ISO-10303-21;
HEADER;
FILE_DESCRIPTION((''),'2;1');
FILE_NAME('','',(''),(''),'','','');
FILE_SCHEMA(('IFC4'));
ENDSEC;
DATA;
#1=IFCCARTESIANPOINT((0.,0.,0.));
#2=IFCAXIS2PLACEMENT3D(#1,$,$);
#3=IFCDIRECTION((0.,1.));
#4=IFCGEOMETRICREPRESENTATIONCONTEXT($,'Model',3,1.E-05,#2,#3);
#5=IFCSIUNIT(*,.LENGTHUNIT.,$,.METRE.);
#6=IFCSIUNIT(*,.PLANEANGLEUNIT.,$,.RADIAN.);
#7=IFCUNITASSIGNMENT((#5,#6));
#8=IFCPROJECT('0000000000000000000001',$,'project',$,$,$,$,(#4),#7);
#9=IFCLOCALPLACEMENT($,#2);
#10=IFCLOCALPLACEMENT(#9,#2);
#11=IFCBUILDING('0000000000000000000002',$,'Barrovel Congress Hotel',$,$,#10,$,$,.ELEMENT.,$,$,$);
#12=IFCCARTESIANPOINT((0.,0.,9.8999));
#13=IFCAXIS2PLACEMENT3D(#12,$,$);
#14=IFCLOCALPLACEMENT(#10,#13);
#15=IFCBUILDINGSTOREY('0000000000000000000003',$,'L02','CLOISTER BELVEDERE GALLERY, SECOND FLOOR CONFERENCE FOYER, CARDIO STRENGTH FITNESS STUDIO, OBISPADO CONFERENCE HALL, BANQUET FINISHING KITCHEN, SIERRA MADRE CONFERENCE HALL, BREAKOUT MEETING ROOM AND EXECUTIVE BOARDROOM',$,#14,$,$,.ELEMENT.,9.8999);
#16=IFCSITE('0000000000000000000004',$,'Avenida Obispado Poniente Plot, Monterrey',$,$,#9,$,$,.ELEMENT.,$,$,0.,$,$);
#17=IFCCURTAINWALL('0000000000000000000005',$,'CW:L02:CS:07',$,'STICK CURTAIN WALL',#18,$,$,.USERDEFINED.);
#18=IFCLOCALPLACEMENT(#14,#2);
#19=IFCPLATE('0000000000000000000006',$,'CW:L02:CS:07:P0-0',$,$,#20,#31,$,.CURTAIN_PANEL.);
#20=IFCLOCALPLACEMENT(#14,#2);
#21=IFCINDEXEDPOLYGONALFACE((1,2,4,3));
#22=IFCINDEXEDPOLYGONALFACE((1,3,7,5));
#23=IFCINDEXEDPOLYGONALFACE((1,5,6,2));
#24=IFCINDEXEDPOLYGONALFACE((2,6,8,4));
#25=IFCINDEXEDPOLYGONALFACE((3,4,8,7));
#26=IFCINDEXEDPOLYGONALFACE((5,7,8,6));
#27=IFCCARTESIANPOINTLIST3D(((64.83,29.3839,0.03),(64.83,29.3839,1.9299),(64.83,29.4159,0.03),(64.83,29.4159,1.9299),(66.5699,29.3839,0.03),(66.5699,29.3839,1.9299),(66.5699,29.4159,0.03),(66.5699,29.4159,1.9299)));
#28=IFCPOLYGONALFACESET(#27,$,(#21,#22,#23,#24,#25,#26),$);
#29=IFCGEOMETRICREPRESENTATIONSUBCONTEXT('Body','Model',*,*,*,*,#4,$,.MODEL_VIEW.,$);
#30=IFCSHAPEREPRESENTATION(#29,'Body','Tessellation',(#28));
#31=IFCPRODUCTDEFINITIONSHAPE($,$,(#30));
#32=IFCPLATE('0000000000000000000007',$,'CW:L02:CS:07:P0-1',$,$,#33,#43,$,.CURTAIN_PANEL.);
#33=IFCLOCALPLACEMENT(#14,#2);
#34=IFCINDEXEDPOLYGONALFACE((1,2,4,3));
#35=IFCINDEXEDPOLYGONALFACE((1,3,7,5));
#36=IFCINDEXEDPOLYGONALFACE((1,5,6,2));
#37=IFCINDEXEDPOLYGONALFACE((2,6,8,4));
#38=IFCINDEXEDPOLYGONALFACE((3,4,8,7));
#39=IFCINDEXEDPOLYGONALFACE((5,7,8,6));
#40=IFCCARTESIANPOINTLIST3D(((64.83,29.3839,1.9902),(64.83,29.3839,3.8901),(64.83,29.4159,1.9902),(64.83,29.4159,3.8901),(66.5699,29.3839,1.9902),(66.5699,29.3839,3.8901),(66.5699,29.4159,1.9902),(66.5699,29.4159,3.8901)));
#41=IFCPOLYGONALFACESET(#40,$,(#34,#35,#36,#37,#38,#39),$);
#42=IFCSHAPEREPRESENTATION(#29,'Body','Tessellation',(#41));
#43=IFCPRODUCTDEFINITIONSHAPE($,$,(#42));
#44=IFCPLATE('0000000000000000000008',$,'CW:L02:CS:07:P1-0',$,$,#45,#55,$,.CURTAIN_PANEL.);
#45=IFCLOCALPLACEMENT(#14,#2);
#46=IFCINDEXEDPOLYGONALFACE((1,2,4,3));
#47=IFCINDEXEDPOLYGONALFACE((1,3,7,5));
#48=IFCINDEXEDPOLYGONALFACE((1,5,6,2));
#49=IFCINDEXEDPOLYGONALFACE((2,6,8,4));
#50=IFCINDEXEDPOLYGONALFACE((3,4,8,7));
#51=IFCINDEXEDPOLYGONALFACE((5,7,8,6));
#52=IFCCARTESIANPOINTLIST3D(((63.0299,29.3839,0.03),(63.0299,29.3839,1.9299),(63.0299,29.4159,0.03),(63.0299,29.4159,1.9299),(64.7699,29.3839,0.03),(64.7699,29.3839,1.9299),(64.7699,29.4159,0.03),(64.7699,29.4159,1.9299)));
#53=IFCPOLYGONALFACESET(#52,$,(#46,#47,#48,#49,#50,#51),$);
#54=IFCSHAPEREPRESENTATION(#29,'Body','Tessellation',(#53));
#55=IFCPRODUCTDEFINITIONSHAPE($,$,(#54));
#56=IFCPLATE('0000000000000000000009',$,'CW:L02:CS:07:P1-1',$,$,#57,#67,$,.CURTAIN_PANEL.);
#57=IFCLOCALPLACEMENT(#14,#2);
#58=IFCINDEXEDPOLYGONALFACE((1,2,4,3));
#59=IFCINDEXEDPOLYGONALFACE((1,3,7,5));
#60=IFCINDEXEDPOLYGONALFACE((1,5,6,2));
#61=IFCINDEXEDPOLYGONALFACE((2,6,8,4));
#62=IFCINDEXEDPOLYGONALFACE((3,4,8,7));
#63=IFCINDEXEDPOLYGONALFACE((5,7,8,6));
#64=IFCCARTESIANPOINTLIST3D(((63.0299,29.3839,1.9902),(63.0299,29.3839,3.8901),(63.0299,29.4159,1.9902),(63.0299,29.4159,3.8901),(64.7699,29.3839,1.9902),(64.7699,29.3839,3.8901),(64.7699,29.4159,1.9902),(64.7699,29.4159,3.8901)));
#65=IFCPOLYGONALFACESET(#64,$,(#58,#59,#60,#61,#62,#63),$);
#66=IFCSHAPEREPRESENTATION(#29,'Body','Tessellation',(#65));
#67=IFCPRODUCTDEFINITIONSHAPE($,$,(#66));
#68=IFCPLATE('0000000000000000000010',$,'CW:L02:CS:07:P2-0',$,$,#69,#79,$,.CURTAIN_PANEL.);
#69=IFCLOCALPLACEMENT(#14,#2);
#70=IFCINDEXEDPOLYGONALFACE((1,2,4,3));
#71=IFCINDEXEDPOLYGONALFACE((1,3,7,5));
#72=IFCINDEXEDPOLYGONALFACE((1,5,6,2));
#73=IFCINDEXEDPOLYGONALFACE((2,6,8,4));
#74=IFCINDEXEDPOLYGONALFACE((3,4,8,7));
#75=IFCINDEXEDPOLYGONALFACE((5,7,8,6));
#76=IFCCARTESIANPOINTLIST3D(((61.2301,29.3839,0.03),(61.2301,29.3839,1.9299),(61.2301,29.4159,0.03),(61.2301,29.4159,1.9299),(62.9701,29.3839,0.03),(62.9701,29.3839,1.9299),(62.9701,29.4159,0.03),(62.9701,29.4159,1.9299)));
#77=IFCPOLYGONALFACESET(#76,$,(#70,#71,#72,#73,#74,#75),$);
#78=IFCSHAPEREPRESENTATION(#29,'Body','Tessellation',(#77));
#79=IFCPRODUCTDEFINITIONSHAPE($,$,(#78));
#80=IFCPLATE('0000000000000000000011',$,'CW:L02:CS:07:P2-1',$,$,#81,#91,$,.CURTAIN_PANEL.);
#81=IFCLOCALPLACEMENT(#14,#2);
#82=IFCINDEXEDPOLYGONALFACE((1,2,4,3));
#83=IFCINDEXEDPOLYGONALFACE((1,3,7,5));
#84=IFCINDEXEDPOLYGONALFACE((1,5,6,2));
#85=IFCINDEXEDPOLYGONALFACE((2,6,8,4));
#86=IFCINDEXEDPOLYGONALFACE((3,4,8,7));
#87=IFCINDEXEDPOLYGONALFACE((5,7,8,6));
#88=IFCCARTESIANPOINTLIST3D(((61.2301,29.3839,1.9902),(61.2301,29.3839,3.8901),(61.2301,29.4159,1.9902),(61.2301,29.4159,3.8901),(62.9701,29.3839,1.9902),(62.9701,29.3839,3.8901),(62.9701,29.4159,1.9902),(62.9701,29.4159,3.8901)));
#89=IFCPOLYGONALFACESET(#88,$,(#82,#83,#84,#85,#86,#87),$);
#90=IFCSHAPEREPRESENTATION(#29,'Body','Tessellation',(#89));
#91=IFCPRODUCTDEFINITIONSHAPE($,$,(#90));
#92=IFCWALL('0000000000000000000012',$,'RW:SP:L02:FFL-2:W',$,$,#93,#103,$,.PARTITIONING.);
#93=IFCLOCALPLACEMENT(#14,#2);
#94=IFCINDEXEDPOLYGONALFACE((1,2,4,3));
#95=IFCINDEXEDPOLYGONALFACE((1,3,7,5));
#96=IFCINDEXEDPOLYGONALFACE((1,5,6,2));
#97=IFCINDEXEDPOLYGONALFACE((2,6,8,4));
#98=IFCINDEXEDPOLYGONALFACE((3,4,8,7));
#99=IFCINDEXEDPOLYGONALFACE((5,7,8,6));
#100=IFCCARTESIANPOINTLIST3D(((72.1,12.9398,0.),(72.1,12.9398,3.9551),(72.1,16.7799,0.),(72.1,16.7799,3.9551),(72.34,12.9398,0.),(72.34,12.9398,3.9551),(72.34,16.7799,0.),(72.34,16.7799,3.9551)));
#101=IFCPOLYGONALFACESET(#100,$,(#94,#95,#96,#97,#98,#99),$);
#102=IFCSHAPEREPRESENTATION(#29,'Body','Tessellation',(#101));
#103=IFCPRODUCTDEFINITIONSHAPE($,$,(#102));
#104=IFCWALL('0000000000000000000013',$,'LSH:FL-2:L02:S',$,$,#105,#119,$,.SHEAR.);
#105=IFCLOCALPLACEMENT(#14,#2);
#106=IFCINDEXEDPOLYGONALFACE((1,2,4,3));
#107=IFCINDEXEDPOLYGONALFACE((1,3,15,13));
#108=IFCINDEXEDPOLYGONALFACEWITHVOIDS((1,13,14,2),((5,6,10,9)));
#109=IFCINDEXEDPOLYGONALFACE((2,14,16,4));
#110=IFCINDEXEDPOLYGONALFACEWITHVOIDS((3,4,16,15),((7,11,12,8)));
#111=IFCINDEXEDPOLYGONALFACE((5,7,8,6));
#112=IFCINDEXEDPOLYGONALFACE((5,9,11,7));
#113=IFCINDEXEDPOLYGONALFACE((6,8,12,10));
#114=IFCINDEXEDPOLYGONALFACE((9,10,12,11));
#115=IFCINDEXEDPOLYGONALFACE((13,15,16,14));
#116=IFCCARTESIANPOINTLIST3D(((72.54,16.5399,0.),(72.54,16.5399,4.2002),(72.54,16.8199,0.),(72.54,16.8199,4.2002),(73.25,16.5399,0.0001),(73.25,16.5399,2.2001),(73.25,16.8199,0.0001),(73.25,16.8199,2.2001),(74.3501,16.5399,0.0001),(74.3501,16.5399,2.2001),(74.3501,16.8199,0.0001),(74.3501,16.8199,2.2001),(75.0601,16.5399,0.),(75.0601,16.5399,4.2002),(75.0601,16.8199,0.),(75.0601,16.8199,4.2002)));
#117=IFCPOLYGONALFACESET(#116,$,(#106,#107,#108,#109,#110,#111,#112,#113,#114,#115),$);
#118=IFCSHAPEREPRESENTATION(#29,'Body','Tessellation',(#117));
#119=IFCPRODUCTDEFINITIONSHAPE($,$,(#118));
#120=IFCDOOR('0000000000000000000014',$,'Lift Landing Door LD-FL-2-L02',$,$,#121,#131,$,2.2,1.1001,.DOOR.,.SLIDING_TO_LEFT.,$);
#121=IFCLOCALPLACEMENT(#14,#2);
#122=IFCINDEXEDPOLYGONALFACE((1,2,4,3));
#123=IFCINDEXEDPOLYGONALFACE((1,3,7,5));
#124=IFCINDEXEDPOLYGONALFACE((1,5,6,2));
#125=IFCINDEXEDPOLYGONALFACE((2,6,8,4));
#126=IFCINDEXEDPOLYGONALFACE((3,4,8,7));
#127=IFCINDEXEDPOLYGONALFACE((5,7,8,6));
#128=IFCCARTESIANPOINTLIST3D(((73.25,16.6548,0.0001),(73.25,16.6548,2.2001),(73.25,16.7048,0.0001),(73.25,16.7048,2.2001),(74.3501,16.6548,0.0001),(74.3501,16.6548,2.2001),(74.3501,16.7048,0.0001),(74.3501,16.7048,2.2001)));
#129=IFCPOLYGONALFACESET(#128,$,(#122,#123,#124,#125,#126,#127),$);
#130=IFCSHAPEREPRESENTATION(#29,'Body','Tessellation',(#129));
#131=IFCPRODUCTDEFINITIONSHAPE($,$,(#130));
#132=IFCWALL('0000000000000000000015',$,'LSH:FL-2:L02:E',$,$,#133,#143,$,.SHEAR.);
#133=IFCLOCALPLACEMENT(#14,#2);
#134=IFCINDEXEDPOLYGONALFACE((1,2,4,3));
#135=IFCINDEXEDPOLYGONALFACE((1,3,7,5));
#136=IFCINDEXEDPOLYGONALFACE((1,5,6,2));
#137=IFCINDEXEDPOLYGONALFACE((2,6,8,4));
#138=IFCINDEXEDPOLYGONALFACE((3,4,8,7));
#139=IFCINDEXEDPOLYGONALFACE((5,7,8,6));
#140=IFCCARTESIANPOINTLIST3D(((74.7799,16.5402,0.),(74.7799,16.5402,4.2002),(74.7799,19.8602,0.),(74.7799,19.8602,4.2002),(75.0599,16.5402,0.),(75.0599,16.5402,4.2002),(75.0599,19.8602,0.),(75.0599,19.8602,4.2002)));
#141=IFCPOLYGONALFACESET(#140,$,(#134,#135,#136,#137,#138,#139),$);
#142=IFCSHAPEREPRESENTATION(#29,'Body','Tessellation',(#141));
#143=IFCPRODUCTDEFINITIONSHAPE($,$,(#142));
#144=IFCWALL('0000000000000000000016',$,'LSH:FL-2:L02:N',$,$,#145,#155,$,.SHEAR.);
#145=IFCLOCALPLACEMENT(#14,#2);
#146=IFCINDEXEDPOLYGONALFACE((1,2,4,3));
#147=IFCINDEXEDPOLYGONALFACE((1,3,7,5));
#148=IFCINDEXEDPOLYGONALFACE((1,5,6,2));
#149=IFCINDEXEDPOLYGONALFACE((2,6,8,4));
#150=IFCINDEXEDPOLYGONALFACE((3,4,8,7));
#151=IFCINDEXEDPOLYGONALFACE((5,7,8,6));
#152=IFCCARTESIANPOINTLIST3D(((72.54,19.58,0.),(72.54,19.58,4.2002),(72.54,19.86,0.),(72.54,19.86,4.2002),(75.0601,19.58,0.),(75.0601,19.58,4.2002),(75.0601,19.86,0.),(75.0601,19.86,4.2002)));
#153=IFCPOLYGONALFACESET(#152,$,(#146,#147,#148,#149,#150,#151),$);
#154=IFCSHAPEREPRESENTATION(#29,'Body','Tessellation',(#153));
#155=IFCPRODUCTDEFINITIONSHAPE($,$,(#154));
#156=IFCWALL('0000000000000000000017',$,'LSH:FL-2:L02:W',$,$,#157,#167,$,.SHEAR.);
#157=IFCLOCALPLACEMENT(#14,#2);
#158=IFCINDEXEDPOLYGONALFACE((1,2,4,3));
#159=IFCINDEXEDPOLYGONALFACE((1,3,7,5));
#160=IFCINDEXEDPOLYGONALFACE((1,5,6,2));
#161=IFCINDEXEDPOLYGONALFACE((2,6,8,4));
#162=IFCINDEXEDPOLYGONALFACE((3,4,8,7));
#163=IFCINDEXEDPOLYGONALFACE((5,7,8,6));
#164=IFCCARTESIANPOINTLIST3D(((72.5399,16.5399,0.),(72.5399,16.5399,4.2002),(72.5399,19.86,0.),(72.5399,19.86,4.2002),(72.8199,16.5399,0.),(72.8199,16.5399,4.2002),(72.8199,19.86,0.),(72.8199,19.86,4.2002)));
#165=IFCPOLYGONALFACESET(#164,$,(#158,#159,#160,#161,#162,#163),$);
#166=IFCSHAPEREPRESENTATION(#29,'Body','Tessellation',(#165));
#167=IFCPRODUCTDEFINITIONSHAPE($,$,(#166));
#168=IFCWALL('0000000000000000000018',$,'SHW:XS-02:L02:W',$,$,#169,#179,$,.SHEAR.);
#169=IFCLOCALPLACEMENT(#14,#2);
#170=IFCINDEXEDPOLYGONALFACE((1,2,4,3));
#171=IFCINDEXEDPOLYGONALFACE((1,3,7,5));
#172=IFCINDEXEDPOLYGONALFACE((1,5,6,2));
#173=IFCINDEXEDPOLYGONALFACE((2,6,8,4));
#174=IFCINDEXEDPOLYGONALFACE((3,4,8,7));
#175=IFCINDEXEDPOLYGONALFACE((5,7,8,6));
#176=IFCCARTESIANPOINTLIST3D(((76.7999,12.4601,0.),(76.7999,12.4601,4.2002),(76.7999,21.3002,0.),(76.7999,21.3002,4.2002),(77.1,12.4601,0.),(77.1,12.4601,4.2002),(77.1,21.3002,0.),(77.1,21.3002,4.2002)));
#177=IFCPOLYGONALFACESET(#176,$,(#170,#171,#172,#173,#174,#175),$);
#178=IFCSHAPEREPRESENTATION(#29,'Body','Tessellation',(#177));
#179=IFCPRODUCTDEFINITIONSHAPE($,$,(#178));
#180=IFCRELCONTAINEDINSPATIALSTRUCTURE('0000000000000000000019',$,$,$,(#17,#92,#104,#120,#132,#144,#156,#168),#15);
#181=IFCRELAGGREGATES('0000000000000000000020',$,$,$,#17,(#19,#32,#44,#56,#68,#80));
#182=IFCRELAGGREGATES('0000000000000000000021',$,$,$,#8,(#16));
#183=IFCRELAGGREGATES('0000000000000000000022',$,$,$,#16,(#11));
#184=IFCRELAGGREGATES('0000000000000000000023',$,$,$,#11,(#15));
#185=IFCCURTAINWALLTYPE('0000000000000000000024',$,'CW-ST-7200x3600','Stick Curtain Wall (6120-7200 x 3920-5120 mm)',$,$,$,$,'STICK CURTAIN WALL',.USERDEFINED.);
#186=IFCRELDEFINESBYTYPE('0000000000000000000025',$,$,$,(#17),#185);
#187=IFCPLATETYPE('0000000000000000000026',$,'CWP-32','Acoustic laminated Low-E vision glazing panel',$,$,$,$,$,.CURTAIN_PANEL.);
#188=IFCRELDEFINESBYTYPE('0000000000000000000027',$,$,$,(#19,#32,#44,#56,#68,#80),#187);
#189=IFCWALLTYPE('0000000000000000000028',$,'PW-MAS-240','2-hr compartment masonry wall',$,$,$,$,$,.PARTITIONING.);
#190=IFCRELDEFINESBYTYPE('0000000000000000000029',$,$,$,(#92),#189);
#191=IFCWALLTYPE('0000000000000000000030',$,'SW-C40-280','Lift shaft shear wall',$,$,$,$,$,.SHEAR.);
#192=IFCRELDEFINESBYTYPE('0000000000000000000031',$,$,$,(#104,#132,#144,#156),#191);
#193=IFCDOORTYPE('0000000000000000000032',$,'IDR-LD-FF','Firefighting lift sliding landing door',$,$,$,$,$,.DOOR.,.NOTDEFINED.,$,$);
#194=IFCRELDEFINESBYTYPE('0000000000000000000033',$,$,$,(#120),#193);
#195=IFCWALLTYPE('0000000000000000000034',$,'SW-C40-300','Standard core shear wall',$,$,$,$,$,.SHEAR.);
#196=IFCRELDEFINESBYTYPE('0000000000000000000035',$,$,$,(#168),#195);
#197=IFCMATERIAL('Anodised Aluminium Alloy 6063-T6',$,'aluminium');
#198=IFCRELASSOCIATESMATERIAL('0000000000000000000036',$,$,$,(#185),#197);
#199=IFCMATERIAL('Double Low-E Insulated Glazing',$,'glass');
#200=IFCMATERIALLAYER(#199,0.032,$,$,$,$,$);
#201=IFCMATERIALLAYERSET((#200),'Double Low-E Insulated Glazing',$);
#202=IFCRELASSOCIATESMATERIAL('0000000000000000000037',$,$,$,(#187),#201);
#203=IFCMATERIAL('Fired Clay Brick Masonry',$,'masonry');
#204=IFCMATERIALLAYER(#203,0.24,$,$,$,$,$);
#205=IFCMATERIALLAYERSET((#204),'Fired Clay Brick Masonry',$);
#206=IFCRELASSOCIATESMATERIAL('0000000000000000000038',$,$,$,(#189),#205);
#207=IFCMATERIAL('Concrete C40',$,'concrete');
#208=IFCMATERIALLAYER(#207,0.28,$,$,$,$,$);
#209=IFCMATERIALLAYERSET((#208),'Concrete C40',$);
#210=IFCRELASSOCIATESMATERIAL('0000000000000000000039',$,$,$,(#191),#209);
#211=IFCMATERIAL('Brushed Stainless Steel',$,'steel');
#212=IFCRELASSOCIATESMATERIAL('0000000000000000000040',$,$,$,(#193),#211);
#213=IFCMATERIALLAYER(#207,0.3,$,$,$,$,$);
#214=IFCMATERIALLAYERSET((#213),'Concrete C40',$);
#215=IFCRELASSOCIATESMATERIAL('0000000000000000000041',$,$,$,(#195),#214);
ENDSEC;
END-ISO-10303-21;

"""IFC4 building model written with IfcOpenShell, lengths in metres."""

from ifc_helpers import new_model, si_unit, direction, frame, frame_2d, origin, origin_2d, place, context, subcontext, project, spatial, rectangle, extrude, material, layer, layer_set, type_object, element, fill, aggregate, save


model = new_model("IFC4")

# Units and contexts
model_context = context("Model", 3, precision=1e-05, world=origin(), true_north=direction((0.0, 1.0)))
body_context = subcontext(model_context, "Body", "Model", "MODEL_VIEW")
ifc_project = project(units=[si_unit("LENGTHUNIT", "METRE"), si_unit("PLANEANGLEUNIT", "RADIAN")], contexts=[model_context])

# Site, building, storey
site_placement = place(None, origin())
site = spatial("IfcSite", under=ifc_project, at=site_placement, Name="Avenida Obispado Poniente Plot, Monterrey", CompositionType="ELEMENT", RefElevation=0.0)
building_placement = place(site_placement, origin())
building = spatial("IfcBuilding", under=site, at=building_placement, Name="Barrovel Congress Hotel", CompositionType="ELEMENT")
storey_placement = place(building_placement, frame((0.0, 0.0, 9.8999)))
storey = spatial("IfcBuildingStorey", under=building, at=storey_placement, Name="L02", Description="CLOISTER BELVEDERE GALLERY, SECOND FLOOR CONFERENCE FOYER, CARDIO STRENGTH FITNESS STUDIO, OBISPADO CONFERENCE HALL, BANQUET FINISHING KITCHEN, SIERRA MADRE CONFERENCE HALL, BREAKOUT MEETING ROOM AND EXECUTIVE BOARDROOM", CompositionType="ELEMENT", Elevation=9.8999)

# Shared definitions
ifc_material_1 = material(Name="Concrete C40", Category="concrete")

# Curtain wall, plates
ifc_material_2 = material(Name="Anodised Aluminium Alloy 6063-T6", Category="aluminium")
curtain_wall_type = type_object("IfcCurtainWallType", Name="CW-ST-7200x3600", Description="Stick Curtain Wall (6120-7200 x 3920-5120 mm)", ElementType="STICK CURTAIN WALL", PredefinedType="USERDEFINED", material=ifc_material_2)
curtain_wall_placement = place(storey_placement, origin())
curtain_wall = element("IfcCurtainWall", 1, at=curtain_wall_placement, inside=storey, type_object=curtain_wall_type, Name="CW:L02:CS:07", ObjectType="STICK CURTAIN WALL", PredefinedType="USERDEFINED")
ifc_material_3 = material(Name="Double Low-E Insulated Glazing", Category="glass")
ifc_layer_1 = layer(ifc_material_3, 0.032)
ifc_layer_set_1 = layer_set([ifc_layer_1], Name="Double Low-E Insulated Glazing")
plate_type = type_object("IfcPlateType", Name="CWP-32", Description="Acoustic laminated Low-E vision glazing panel", PredefinedType="CURTAIN_PANEL", material=ifc_layer_set_1)
plate_1_placement = place(storey_placement, frame((65.7, 29.3999, 0.03), z_axis=(0.0, 0.0, 1.0), x_axis=(-1.0, 0.0, 0.0)))
plate_1 = element("IfcPlate", 2, at=plate_1_placement, type_object=plate_type, Name="CW:L02:CS:07:P0-0", PredefinedType="CURTAIN_PANEL", context=body_context, shape_type="SweptSolid", body=[
    extrude(rectangle(XDim=1.74, YDim=0.032, at=origin_2d()), origin(), (0.0, 0.0, 1.0), 1.8999),
])
plate_2_placement = place(storey_placement, frame((65.7, 29.3999, 1.9902), z_axis=(0.0, 0.0, 1.0), x_axis=(-1.0, 0.0, 0.0)))
plate_2 = element("IfcPlate", 3, at=plate_2_placement, type_object=plate_type, Name="CW:L02:CS:07:P0-1", PredefinedType="CURTAIN_PANEL", context=body_context, shape_type="SweptSolid", body=[
    extrude(rectangle(XDim=1.74, YDim=0.032, at=origin_2d()), origin(), (0.0, 0.0, 1.0), 1.8999),
])
plate_3_placement = place(storey_placement, frame((63.8999, 29.3999, 0.03), z_axis=(0.0, 0.0, 1.0), x_axis=(-1.0, 0.0, 0.0)))
plate_3 = element("IfcPlate", 4, at=plate_3_placement, type_object=plate_type, Name="CW:L02:CS:07:P1-0", PredefinedType="CURTAIN_PANEL", context=body_context, shape_type="SweptSolid", body=[
    extrude(rectangle(XDim=1.74, YDim=0.032, at=origin_2d()), origin(), (0.0, 0.0, 1.0), 1.8999),
])
plate_4_placement = place(storey_placement, frame((63.8999, 29.3999, 1.9902), z_axis=(0.0, 0.0, 1.0), x_axis=(-1.0, 0.0, 0.0)))
plate_4 = element("IfcPlate", 5, at=plate_4_placement, type_object=plate_type, Name="CW:L02:CS:07:P1-1", PredefinedType="CURTAIN_PANEL", context=body_context, shape_type="SweptSolid", body=[
    extrude(rectangle(XDim=1.74, YDim=0.032, at=origin_2d()), origin(), (0.0, 0.0, 1.0), 1.8999),
])
plate_5_placement = place(storey_placement, frame((62.1001, 29.3999, 0.03), z_axis=(0.0, 0.0, 1.0), x_axis=(-1.0, 0.0, 0.0)))
plate_5 = element("IfcPlate", 6, at=plate_5_placement, type_object=plate_type, Name="CW:L02:CS:07:P2-0", PredefinedType="CURTAIN_PANEL", context=body_context, shape_type="SweptSolid", body=[
    extrude(rectangle(XDim=1.74, YDim=0.032, at=origin_2d()), origin(), (0.0, 0.0, 1.0), 1.8999),
])
plate_6_placement = place(storey_placement, frame((62.1001, 29.3999, 1.9902), z_axis=(0.0, 0.0, 1.0), x_axis=(-1.0, 0.0, 0.0)))
plate_6 = element("IfcPlate", 7, at=plate_6_placement, type_object=plate_type, Name="CW:L02:CS:07:P2-1", PredefinedType="CURTAIN_PANEL", context=body_context, shape_type="SweptSolid", body=[
    extrude(rectangle(XDim=1.74, YDim=0.032, at=origin_2d()), origin(), (0.0, 0.0, 1.0), 1.8999),
])
aggregate(curtain_wall, [plate_1, plate_2, plate_3, plate_4, plate_5, plate_6])

# Wall
ifc_material_4 = material(Name="Fired Clay Brick Masonry", Category="masonry")
ifc_layer_2 = layer(ifc_material_4, 0.24)
ifc_layer_set_2 = layer_set([ifc_layer_2], Name="Fired Clay Brick Masonry")
wall_type_1 = type_object("IfcWallType", Name="PW-MAS-240", Description="2-hr compartment masonry wall", PredefinedType="PARTITIONING", material=ifc_layer_set_2)
wall_1_placement = place(storey_placement, frame((72.22, 12.9399, 0.0), z_axis=(0.0, 0.0, 1.0), x_axis=(0.0, 1.0, 0.0)))
element("IfcWall", 8, at=wall_1_placement, inside=storey, type_object=wall_type_1, Name="RW:SP:L02:FFL-2:W", PredefinedType="PARTITIONING", context=body_context, shape_type="SweptSolid", body=[
    extrude(rectangle(XDim=3.8401, YDim=0.24, at=frame_2d((1.9199, 0.0))), origin(), (0.0, 0.0, 1.0), 3.9551),
])

# Wall, opening, door
ifc_layer_3 = layer(ifc_material_1, 0.28)
ifc_layer_set_3 = layer_set([ifc_layer_3], Name="Concrete C40")
wall_type_2 = type_object("IfcWallType", Name="SW-C40-280", Description="Lift shaft shear wall", PredefinedType="SHEAR", material=ifc_layer_set_3)
wall_2_placement = place(storey_placement, frame((72.54, 16.6799, 0.0), z_axis=(0.0, 0.0, 1.0), x_axis=(1.0, 0.0, 0.0)))
wall_2 = element("IfcWall", 9, at=wall_2_placement, inside=storey, type_object=wall_type_2, Name="LSH:FL-2:L02:S", PredefinedType="SHEAR", context=body_context, shape_type="SweptSolid", body=[
    extrude(rectangle(XDim=2.52, YDim=0.28, at=frame_2d((1.26, 0.0))), origin(), (0.0, 0.0, 1.0), 4.2002),
])
opening_placement = place(wall_2_placement, frame((0.71, 0.0, 0.0)))
opening = element("IfcOpeningElement", 10, at=opening_placement, cuts=wall_2, PredefinedType="OPENING", context=body_context, shape_type="SweptSolid", body=[
    extrude(rectangle(XDim=1.1001, YDim=2.2, at=frame_2d((0.55, 1.1001))), frame((0.0, 0.1499, 0.0), z_axis=(0.0, -1.0, 0.0), x_axis=(1.0, 0.0, 0.0)), (0.0, 0.0, 1.0), 0.3),
])
ifc_material_5 = material(Name="Brushed Stainless Steel", Category="steel")
door_type = type_object("IfcDoorType", Name="IDR-LD-FF", Description="Firefighting lift sliding landing door", OperationType="NOTDEFINED", PredefinedType="DOOR", material=ifc_material_5)
door_placement = place(opening_placement, origin())
door = element("IfcDoor", 11, at=door_placement, inside=storey, type_object=door_type, Name="Lift Landing Door LD-FL-2-L02", OperationType="SLIDING_TO_LEFT", OverallHeight=2.2, OverallWidth=1.1001, PredefinedType="DOOR", context=body_context, shape_type="SweptSolid", body=[
    extrude(rectangle(XDim=1.1001, YDim=2.2, at=frame_2d((0.55, 1.1001))), frame((0.0, 0.0249, 0.0), z_axis=(0.0, -1.0, 0.0), x_axis=(1.0, 0.0, 0.0)), (0.0, 0.0, 1.0), 0.05),
])
fill(opening, door)

# Walls
wall_3_placement = place(storey_placement, frame((74.9199, 16.54, 0.0), z_axis=(0.0, 0.0, 1.0), x_axis=(0.0, 1.0, 0.0)))
element("IfcWall", 12, at=wall_3_placement, inside=storey, type_object=wall_type_2, Name="LSH:FL-2:L02:E", PredefinedType="SHEAR", context=body_context, shape_type="SweptSolid", body=[
    extrude(rectangle(XDim=3.3201, YDim=0.28, at=frame_2d((1.6602, 0.0))), origin(), (0.0, 0.0, 1.0), 4.2002),
])
wall_4_placement = place(storey_placement, frame((75.0601, 19.72, 0.0), z_axis=(0.0, 0.0, 1.0), x_axis=(-1.0, 0.0, 0.0)))
element("IfcWall", 13, at=wall_4_placement, inside=storey, type_object=wall_type_2, Name="LSH:FL-2:L02:N", PredefinedType="SHEAR", context=body_context, shape_type="SweptSolid", body=[
    extrude(rectangle(XDim=2.52, YDim=0.28, at=frame_2d((1.26, 0.0))), origin(), (0.0, 0.0, 1.0), 4.2002),
])
wall_5_placement = place(storey_placement, frame((72.6799, 19.8601, 0.0), z_axis=(0.0, 0.0, 1.0), x_axis=(0.0, -1.0, 0.0)))
element("IfcWall", 14, at=wall_5_placement, inside=storey, type_object=wall_type_2, Name="LSH:FL-2:L02:W", PredefinedType="SHEAR", context=body_context, shape_type="SweptSolid", body=[
    extrude(rectangle(XDim=3.3201, YDim=0.28, at=frame_2d((1.6602, 0.0))), origin(), (0.0, 0.0, 1.0), 4.2002),
])
ifc_layer_4 = layer(ifc_material_1, 0.3)
ifc_layer_set_4 = layer_set([ifc_layer_4], Name="Concrete C40")
wall_type_3 = type_object("IfcWallType", Name="SW-C40-300", Description="Standard core shear wall", PredefinedType="SHEAR", material=ifc_layer_set_4)
wall_6_placement = place(storey_placement, frame((76.95, 21.3, 0.0), z_axis=(0.0, 0.0, 1.0), x_axis=(0.0, -1.0, 0.0)))
element("IfcWall", 15, at=wall_6_placement, inside=storey, type_object=wall_type_3, Name="SHW:XS-02:L02:W", PredefinedType="SHEAR", context=body_context, shape_type="SweptSolid", body=[
    extrude(rectangle(XDim=8.8401, YDim=0.3, at=frame_2d((4.4199, 0.0))), origin(), (0.0, 0.0, 1.0), 4.2002),
])

save(model, "model.ifc")
